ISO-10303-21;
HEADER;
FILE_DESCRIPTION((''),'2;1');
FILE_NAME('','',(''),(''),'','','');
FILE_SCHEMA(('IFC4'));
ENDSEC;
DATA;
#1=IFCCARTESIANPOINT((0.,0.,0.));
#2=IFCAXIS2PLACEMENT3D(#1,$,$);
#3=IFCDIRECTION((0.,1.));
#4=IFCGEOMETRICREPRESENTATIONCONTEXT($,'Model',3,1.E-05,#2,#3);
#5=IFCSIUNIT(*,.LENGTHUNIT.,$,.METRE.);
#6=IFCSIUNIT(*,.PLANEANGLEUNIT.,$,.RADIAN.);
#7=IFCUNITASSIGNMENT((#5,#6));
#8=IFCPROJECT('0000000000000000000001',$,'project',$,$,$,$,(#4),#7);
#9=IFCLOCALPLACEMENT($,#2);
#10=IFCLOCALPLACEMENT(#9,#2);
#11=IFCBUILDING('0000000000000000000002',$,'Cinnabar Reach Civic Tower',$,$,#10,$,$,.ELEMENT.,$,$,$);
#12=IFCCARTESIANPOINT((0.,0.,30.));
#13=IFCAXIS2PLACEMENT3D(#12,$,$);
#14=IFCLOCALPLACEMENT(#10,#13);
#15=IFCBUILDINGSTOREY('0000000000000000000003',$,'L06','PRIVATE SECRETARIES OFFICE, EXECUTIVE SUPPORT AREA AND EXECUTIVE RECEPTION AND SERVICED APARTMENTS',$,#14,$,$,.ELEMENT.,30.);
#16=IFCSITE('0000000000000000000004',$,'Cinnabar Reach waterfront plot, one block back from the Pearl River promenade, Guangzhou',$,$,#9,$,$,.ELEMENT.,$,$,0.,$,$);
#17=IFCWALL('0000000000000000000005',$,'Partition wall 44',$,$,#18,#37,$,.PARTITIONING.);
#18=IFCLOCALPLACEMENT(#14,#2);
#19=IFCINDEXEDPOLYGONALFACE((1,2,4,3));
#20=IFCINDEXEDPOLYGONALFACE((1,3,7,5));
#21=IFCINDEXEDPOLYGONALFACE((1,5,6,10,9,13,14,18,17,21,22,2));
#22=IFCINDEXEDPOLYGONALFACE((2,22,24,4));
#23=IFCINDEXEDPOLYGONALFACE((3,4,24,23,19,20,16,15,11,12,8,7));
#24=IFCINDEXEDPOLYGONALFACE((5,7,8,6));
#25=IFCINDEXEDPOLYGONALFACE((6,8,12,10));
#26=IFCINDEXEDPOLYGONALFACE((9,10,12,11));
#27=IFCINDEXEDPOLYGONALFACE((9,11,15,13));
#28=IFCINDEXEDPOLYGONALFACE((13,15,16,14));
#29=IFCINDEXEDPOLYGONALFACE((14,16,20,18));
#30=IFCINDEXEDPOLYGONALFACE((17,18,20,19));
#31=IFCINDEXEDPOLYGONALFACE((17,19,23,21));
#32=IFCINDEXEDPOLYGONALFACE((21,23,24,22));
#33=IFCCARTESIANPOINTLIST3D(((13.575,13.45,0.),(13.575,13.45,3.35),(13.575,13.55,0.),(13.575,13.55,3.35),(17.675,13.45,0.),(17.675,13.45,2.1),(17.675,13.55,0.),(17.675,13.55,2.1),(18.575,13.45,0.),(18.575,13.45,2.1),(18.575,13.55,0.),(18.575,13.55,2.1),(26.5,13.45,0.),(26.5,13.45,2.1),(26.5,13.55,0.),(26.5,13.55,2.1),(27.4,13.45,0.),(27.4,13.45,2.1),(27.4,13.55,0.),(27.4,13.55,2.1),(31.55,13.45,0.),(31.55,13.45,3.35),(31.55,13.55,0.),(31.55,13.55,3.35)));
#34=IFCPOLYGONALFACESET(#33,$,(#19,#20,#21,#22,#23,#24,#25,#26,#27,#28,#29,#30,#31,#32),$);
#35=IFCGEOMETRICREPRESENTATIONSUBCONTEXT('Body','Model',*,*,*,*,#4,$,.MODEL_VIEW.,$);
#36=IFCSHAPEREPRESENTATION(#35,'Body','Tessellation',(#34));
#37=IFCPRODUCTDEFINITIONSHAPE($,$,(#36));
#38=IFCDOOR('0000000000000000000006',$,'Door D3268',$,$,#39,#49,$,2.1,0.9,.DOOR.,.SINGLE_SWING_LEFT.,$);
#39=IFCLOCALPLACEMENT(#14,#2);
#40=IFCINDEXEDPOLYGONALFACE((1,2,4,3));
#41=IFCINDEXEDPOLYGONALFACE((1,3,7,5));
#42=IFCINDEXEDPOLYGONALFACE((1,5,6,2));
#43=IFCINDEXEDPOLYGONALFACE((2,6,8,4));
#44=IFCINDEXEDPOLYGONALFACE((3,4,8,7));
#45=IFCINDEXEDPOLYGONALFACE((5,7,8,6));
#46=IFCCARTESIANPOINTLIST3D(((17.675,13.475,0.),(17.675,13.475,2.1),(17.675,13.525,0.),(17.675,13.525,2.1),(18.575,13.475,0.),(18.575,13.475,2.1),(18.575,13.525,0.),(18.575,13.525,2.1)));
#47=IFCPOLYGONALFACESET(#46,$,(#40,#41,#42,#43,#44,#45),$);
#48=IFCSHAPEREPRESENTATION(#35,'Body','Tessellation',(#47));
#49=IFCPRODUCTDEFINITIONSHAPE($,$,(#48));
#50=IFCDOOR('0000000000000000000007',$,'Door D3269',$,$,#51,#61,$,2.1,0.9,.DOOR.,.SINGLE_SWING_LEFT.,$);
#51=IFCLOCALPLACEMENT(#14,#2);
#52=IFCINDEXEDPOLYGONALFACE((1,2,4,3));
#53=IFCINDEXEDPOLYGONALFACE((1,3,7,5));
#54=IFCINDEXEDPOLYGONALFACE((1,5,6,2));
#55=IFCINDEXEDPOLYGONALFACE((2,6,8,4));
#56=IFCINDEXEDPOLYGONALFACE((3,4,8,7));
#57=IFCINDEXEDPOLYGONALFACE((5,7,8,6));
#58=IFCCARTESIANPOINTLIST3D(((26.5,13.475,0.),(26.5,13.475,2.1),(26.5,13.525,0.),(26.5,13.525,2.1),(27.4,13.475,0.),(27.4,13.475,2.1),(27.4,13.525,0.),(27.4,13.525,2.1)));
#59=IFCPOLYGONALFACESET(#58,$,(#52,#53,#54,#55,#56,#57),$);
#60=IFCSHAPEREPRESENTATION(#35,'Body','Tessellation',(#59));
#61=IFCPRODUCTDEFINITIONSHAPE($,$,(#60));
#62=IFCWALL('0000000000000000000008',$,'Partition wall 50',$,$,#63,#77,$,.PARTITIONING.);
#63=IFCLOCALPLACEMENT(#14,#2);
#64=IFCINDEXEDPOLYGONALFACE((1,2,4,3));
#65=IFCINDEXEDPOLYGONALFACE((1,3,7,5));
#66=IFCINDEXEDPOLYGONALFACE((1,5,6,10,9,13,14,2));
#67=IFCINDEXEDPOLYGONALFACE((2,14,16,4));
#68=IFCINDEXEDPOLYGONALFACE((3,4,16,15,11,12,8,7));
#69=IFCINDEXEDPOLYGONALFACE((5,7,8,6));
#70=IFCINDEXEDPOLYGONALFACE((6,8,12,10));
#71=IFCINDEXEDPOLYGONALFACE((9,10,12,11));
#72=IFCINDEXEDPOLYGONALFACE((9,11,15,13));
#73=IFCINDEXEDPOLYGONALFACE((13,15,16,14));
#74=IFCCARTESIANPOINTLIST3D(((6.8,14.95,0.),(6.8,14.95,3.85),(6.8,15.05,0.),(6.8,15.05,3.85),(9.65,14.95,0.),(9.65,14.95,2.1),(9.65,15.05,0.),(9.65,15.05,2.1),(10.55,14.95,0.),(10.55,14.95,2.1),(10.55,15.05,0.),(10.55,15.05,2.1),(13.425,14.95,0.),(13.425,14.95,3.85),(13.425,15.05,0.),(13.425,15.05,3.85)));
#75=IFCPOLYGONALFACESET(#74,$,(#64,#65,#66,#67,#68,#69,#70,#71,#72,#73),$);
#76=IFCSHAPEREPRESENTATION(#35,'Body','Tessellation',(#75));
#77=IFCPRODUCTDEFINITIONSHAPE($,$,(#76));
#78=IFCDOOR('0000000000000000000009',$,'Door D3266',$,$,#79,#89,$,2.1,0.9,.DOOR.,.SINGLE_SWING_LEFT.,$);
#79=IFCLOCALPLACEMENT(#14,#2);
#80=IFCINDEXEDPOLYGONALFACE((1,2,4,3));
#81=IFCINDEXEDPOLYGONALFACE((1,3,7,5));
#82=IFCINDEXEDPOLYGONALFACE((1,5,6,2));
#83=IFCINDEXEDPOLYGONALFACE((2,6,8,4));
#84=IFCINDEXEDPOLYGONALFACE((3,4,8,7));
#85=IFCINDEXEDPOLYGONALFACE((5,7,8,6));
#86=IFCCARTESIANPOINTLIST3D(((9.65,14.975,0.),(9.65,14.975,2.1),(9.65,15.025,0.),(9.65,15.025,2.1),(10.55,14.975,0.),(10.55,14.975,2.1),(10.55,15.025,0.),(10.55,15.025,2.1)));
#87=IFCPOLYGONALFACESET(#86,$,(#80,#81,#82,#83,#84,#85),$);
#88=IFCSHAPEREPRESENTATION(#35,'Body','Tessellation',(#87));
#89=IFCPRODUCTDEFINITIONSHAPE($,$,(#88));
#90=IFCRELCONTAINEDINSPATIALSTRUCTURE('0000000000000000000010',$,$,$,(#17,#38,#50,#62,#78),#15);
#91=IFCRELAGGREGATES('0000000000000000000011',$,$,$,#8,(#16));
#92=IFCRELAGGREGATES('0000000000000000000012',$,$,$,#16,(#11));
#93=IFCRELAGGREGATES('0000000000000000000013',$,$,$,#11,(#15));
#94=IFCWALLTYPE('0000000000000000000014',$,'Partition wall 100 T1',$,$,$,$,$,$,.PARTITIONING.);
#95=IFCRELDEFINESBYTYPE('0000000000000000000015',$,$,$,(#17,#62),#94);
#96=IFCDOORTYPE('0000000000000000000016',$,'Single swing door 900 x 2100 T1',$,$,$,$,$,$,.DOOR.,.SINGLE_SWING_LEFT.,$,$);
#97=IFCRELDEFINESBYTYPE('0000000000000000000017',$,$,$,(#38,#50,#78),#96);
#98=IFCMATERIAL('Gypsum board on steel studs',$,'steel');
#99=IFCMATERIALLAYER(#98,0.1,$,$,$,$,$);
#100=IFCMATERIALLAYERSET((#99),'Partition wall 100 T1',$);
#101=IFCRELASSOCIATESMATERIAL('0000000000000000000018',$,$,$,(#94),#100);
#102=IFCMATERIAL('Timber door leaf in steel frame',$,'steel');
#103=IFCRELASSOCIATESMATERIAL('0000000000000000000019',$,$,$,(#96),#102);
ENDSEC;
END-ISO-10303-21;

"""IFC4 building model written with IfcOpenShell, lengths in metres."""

from ifc_helpers import new_model, si_unit, direction, frame, frame_2d, origin, place, context, subcontext, project, spatial, rectangle, extrude, material, layer, layer_set, type_object, element, fill, save


model = new_model("IFC4")

# Units and contexts
model_context = context("Model", 3, precision=1e-05, world=origin(), true_north=direction((0.0, 1.0)))
body_context = subcontext(model_context, "Body", "Model", "MODEL_VIEW")
ifc_project = project(units=[si_unit("LENGTHUNIT", "METRE"), si_unit("PLANEANGLEUNIT", "RADIAN")], contexts=[model_context])

# Site, building, storey
site_placement = place(None, origin())
site = spatial("IfcSite", under=ifc_project, at=site_placement, Name="Cinnabar Reach waterfront plot, one block back from the Pearl River promenade, Guangzhou", CompositionType="ELEMENT", RefElevation=0.0)
building_placement = place(site_placement, origin())
building = spatial("IfcBuilding", under=site, at=building_placement, Name="Cinnabar Reach Civic Tower", CompositionType="ELEMENT")
storey_placement = place(building_placement, frame((0.0, 0.0, 30.0)))
storey = spatial("IfcBuildingStorey", under=building, at=storey_placement, Name="L06", Description="PRIVATE SECRETARIES OFFICE, EXECUTIVE SUPPORT AREA AND EXECUTIVE RECEPTION AND SERVICED APARTMENTS", CompositionType="ELEMENT", Elevation=30.0)

# Shared definitions
ifc_material_1 = material(Name="Timber door leaf in steel frame", Category="steel")

# Wall, openings, doors
ifc_material_2 = material(Name="Gypsum board on steel studs", Category="steel")
ifc_layer_1 = layer(ifc_material_2, 0.1)
ifc_layer_set_1 = layer_set([ifc_layer_1], Name="Partition wall 100 T1")
wall_type_1 = type_object("IfcWallType", Name="Partition wall 100 T1", PredefinedType="PARTITIONING", material=ifc_layer_set_1)
wall_1_placement = place(storey_placement, frame((13.575, 13.5, 0.0), z_axis=(0.0, 0.0, 1.0), x_axis=(1.0, 0.0, 0.0)))
wall_1 = element("IfcWall", 1, at=wall_1_placement, inside=storey, type_object=wall_type_1, Name="Partition wall 44", PredefinedType="PARTITIONING", context=body_context, shape_type="SweptSolid", body=[
    extrude(rectangle(XDim=17.975, YDim=0.1, at=frame_2d((8.9875, 0.0))), origin(), (0.0, 0.0, 1.0), 3.35),
])
opening_1_placement = place(wall_1_placement, frame((4.1, 0.0, 0.0)))
opening_1 = element("IfcOpeningElement", 2, at=opening_1_placement, cuts=wall_1, PredefinedType="OPENING", context=body_context, shape_type="SweptSolid", body=[
    extrude(rectangle(XDim=0.9, YDim=2.1, at=frame_2d((0.45, 1.05))), frame((0.0, 0.06, 0.0), z_axis=(0.0, -1.0, 0.0), x_axis=(1.0, 0.0, 0.0)), (0.0, 0.0, 1.0), 0.12),
])
opening_2_placement = place(wall_1_placement, frame((12.925, 0.0, 0.0)))
opening_2 = element("IfcOpeningElement", 3, at=opening_2_placement, cuts=wall_1, PredefinedType="OPENING", context=body_context, shape_type="SweptSolid", body=[
    extrude(rectangle(XDim=0.9, YDim=2.1, at=frame_2d((0.45, 1.05))), frame((0.0, 0.06, 0.0), z_axis=(0.0, -1.0, 0.0), x_axis=(1.0, 0.0, 0.0)), (0.0, 0.0, 1.0), 0.12),
])
door_type_1 = type_object("IfcDoorType", Name="Single swing door 900 x 2100 T1", OperationType="SINGLE_SWING_LEFT", PredefinedType="DOOR", material=ifc_material_1)
door_1_placement = place(opening_1_placement, origin())
door_1 = element("IfcDoor", 4, at=door_1_placement, inside=storey, type_object=door_type_1, Name="Door D3268", OperationType="SINGLE_SWING_LEFT", OverallHeight=2.1, OverallWidth=0.9, PredefinedType="DOOR", context=body_context, shape_type="SweptSolid", body=[
    extrude(rectangle(XDim=0.9, YDim=2.1, at=frame_2d((0.45, 1.05))), frame((0.0, 0.025, 0.0), z_axis=(0.0, -1.0, 0.0), x_axis=(1.0, 0.0, 0.0)), (0.0, 0.0, 1.0), 0.05),
])
fill(opening_1, door_1)
door_2_placement = place(opening_2_placement, origin())
door_2 = element("IfcDoor", 5, at=door_2_placement, inside=storey, type_object=door_type_1, Name="Door D3269", OperationType="SINGLE_SWING_LEFT", OverallHeight=2.1, OverallWidth=0.9, PredefinedType="DOOR", context=body_context, shape_type="SweptSolid", body=[
    extrude(rectangle(XDim=0.9, YDim=2.1, at=frame_2d((0.45, 1.05))), frame((0.0, 0.025, 0.0), z_axis=(0.0, -1.0, 0.0), x_axis=(1.0, 0.0, 0.0)), (0.0, 0.0, 1.0), 0.05),
])
fill(opening_2, door_2)

# Wall, opening, door
wall_2_placement = place(storey_placement, frame((6.8, 15.0, 0.0), z_axis=(0.0, 0.0, 1.0), x_axis=(1.0, 0.0, 0.0)))
wall_2 = element("IfcWall", 6, at=wall_2_placement, inside=storey, type_object=wall_type_1, Name="Partition wall 50", PredefinedType="PARTITIONING", context=body_context, shape_type="SweptSolid", body=[
    extrude(rectangle(XDim=6.625, YDim=0.1, at=frame_2d((3.3125, 0.0))), origin(), (0.0, 0.0, 1.0), 3.85),
])
opening_3_placement = place(wall_2_placement, frame((2.85, 0.0, 0.0)))
opening_3 = element("IfcOpeningElement", 7, at=opening_3_placement, cuts=wall_2, PredefinedType="OPENING", context=body_context, shape_type="SweptSolid", body=[
    extrude(rectangle(XDim=0.9, YDim=2.1, at=frame_2d((0.45, 1.05))), frame((0.0, 0.06, 0.0), z_axis=(0.0, -1.0, 0.0), x_axis=(1.0, 0.0, 0.0)), (0.0, 0.0, 1.0), 0.12),
])
door_3_placement = place(opening_3_placement, origin())
door_3 = element("IfcDoor", 8, at=door_3_placement, inside=storey, type_object=door_type_1, Name="Door D3266", OperationType="SINGLE_SWING_LEFT", OverallHeight=2.1, OverallWidth=0.9, PredefinedType="DOOR", context=body_context, shape_type="SweptSolid", body=[
    extrude(rectangle(XDim=0.9, YDim=2.1, at=frame_2d((0.45, 1.05))), frame((0.0, 0.025, 0.0), z_axis=(0.0, -1.0, 0.0), x_axis=(1.0, 0.0, 0.0)), (0.0, 0.0, 1.0), 0.05),
])
fill(opening_3, door_3)

save(model, "model.ifc")
